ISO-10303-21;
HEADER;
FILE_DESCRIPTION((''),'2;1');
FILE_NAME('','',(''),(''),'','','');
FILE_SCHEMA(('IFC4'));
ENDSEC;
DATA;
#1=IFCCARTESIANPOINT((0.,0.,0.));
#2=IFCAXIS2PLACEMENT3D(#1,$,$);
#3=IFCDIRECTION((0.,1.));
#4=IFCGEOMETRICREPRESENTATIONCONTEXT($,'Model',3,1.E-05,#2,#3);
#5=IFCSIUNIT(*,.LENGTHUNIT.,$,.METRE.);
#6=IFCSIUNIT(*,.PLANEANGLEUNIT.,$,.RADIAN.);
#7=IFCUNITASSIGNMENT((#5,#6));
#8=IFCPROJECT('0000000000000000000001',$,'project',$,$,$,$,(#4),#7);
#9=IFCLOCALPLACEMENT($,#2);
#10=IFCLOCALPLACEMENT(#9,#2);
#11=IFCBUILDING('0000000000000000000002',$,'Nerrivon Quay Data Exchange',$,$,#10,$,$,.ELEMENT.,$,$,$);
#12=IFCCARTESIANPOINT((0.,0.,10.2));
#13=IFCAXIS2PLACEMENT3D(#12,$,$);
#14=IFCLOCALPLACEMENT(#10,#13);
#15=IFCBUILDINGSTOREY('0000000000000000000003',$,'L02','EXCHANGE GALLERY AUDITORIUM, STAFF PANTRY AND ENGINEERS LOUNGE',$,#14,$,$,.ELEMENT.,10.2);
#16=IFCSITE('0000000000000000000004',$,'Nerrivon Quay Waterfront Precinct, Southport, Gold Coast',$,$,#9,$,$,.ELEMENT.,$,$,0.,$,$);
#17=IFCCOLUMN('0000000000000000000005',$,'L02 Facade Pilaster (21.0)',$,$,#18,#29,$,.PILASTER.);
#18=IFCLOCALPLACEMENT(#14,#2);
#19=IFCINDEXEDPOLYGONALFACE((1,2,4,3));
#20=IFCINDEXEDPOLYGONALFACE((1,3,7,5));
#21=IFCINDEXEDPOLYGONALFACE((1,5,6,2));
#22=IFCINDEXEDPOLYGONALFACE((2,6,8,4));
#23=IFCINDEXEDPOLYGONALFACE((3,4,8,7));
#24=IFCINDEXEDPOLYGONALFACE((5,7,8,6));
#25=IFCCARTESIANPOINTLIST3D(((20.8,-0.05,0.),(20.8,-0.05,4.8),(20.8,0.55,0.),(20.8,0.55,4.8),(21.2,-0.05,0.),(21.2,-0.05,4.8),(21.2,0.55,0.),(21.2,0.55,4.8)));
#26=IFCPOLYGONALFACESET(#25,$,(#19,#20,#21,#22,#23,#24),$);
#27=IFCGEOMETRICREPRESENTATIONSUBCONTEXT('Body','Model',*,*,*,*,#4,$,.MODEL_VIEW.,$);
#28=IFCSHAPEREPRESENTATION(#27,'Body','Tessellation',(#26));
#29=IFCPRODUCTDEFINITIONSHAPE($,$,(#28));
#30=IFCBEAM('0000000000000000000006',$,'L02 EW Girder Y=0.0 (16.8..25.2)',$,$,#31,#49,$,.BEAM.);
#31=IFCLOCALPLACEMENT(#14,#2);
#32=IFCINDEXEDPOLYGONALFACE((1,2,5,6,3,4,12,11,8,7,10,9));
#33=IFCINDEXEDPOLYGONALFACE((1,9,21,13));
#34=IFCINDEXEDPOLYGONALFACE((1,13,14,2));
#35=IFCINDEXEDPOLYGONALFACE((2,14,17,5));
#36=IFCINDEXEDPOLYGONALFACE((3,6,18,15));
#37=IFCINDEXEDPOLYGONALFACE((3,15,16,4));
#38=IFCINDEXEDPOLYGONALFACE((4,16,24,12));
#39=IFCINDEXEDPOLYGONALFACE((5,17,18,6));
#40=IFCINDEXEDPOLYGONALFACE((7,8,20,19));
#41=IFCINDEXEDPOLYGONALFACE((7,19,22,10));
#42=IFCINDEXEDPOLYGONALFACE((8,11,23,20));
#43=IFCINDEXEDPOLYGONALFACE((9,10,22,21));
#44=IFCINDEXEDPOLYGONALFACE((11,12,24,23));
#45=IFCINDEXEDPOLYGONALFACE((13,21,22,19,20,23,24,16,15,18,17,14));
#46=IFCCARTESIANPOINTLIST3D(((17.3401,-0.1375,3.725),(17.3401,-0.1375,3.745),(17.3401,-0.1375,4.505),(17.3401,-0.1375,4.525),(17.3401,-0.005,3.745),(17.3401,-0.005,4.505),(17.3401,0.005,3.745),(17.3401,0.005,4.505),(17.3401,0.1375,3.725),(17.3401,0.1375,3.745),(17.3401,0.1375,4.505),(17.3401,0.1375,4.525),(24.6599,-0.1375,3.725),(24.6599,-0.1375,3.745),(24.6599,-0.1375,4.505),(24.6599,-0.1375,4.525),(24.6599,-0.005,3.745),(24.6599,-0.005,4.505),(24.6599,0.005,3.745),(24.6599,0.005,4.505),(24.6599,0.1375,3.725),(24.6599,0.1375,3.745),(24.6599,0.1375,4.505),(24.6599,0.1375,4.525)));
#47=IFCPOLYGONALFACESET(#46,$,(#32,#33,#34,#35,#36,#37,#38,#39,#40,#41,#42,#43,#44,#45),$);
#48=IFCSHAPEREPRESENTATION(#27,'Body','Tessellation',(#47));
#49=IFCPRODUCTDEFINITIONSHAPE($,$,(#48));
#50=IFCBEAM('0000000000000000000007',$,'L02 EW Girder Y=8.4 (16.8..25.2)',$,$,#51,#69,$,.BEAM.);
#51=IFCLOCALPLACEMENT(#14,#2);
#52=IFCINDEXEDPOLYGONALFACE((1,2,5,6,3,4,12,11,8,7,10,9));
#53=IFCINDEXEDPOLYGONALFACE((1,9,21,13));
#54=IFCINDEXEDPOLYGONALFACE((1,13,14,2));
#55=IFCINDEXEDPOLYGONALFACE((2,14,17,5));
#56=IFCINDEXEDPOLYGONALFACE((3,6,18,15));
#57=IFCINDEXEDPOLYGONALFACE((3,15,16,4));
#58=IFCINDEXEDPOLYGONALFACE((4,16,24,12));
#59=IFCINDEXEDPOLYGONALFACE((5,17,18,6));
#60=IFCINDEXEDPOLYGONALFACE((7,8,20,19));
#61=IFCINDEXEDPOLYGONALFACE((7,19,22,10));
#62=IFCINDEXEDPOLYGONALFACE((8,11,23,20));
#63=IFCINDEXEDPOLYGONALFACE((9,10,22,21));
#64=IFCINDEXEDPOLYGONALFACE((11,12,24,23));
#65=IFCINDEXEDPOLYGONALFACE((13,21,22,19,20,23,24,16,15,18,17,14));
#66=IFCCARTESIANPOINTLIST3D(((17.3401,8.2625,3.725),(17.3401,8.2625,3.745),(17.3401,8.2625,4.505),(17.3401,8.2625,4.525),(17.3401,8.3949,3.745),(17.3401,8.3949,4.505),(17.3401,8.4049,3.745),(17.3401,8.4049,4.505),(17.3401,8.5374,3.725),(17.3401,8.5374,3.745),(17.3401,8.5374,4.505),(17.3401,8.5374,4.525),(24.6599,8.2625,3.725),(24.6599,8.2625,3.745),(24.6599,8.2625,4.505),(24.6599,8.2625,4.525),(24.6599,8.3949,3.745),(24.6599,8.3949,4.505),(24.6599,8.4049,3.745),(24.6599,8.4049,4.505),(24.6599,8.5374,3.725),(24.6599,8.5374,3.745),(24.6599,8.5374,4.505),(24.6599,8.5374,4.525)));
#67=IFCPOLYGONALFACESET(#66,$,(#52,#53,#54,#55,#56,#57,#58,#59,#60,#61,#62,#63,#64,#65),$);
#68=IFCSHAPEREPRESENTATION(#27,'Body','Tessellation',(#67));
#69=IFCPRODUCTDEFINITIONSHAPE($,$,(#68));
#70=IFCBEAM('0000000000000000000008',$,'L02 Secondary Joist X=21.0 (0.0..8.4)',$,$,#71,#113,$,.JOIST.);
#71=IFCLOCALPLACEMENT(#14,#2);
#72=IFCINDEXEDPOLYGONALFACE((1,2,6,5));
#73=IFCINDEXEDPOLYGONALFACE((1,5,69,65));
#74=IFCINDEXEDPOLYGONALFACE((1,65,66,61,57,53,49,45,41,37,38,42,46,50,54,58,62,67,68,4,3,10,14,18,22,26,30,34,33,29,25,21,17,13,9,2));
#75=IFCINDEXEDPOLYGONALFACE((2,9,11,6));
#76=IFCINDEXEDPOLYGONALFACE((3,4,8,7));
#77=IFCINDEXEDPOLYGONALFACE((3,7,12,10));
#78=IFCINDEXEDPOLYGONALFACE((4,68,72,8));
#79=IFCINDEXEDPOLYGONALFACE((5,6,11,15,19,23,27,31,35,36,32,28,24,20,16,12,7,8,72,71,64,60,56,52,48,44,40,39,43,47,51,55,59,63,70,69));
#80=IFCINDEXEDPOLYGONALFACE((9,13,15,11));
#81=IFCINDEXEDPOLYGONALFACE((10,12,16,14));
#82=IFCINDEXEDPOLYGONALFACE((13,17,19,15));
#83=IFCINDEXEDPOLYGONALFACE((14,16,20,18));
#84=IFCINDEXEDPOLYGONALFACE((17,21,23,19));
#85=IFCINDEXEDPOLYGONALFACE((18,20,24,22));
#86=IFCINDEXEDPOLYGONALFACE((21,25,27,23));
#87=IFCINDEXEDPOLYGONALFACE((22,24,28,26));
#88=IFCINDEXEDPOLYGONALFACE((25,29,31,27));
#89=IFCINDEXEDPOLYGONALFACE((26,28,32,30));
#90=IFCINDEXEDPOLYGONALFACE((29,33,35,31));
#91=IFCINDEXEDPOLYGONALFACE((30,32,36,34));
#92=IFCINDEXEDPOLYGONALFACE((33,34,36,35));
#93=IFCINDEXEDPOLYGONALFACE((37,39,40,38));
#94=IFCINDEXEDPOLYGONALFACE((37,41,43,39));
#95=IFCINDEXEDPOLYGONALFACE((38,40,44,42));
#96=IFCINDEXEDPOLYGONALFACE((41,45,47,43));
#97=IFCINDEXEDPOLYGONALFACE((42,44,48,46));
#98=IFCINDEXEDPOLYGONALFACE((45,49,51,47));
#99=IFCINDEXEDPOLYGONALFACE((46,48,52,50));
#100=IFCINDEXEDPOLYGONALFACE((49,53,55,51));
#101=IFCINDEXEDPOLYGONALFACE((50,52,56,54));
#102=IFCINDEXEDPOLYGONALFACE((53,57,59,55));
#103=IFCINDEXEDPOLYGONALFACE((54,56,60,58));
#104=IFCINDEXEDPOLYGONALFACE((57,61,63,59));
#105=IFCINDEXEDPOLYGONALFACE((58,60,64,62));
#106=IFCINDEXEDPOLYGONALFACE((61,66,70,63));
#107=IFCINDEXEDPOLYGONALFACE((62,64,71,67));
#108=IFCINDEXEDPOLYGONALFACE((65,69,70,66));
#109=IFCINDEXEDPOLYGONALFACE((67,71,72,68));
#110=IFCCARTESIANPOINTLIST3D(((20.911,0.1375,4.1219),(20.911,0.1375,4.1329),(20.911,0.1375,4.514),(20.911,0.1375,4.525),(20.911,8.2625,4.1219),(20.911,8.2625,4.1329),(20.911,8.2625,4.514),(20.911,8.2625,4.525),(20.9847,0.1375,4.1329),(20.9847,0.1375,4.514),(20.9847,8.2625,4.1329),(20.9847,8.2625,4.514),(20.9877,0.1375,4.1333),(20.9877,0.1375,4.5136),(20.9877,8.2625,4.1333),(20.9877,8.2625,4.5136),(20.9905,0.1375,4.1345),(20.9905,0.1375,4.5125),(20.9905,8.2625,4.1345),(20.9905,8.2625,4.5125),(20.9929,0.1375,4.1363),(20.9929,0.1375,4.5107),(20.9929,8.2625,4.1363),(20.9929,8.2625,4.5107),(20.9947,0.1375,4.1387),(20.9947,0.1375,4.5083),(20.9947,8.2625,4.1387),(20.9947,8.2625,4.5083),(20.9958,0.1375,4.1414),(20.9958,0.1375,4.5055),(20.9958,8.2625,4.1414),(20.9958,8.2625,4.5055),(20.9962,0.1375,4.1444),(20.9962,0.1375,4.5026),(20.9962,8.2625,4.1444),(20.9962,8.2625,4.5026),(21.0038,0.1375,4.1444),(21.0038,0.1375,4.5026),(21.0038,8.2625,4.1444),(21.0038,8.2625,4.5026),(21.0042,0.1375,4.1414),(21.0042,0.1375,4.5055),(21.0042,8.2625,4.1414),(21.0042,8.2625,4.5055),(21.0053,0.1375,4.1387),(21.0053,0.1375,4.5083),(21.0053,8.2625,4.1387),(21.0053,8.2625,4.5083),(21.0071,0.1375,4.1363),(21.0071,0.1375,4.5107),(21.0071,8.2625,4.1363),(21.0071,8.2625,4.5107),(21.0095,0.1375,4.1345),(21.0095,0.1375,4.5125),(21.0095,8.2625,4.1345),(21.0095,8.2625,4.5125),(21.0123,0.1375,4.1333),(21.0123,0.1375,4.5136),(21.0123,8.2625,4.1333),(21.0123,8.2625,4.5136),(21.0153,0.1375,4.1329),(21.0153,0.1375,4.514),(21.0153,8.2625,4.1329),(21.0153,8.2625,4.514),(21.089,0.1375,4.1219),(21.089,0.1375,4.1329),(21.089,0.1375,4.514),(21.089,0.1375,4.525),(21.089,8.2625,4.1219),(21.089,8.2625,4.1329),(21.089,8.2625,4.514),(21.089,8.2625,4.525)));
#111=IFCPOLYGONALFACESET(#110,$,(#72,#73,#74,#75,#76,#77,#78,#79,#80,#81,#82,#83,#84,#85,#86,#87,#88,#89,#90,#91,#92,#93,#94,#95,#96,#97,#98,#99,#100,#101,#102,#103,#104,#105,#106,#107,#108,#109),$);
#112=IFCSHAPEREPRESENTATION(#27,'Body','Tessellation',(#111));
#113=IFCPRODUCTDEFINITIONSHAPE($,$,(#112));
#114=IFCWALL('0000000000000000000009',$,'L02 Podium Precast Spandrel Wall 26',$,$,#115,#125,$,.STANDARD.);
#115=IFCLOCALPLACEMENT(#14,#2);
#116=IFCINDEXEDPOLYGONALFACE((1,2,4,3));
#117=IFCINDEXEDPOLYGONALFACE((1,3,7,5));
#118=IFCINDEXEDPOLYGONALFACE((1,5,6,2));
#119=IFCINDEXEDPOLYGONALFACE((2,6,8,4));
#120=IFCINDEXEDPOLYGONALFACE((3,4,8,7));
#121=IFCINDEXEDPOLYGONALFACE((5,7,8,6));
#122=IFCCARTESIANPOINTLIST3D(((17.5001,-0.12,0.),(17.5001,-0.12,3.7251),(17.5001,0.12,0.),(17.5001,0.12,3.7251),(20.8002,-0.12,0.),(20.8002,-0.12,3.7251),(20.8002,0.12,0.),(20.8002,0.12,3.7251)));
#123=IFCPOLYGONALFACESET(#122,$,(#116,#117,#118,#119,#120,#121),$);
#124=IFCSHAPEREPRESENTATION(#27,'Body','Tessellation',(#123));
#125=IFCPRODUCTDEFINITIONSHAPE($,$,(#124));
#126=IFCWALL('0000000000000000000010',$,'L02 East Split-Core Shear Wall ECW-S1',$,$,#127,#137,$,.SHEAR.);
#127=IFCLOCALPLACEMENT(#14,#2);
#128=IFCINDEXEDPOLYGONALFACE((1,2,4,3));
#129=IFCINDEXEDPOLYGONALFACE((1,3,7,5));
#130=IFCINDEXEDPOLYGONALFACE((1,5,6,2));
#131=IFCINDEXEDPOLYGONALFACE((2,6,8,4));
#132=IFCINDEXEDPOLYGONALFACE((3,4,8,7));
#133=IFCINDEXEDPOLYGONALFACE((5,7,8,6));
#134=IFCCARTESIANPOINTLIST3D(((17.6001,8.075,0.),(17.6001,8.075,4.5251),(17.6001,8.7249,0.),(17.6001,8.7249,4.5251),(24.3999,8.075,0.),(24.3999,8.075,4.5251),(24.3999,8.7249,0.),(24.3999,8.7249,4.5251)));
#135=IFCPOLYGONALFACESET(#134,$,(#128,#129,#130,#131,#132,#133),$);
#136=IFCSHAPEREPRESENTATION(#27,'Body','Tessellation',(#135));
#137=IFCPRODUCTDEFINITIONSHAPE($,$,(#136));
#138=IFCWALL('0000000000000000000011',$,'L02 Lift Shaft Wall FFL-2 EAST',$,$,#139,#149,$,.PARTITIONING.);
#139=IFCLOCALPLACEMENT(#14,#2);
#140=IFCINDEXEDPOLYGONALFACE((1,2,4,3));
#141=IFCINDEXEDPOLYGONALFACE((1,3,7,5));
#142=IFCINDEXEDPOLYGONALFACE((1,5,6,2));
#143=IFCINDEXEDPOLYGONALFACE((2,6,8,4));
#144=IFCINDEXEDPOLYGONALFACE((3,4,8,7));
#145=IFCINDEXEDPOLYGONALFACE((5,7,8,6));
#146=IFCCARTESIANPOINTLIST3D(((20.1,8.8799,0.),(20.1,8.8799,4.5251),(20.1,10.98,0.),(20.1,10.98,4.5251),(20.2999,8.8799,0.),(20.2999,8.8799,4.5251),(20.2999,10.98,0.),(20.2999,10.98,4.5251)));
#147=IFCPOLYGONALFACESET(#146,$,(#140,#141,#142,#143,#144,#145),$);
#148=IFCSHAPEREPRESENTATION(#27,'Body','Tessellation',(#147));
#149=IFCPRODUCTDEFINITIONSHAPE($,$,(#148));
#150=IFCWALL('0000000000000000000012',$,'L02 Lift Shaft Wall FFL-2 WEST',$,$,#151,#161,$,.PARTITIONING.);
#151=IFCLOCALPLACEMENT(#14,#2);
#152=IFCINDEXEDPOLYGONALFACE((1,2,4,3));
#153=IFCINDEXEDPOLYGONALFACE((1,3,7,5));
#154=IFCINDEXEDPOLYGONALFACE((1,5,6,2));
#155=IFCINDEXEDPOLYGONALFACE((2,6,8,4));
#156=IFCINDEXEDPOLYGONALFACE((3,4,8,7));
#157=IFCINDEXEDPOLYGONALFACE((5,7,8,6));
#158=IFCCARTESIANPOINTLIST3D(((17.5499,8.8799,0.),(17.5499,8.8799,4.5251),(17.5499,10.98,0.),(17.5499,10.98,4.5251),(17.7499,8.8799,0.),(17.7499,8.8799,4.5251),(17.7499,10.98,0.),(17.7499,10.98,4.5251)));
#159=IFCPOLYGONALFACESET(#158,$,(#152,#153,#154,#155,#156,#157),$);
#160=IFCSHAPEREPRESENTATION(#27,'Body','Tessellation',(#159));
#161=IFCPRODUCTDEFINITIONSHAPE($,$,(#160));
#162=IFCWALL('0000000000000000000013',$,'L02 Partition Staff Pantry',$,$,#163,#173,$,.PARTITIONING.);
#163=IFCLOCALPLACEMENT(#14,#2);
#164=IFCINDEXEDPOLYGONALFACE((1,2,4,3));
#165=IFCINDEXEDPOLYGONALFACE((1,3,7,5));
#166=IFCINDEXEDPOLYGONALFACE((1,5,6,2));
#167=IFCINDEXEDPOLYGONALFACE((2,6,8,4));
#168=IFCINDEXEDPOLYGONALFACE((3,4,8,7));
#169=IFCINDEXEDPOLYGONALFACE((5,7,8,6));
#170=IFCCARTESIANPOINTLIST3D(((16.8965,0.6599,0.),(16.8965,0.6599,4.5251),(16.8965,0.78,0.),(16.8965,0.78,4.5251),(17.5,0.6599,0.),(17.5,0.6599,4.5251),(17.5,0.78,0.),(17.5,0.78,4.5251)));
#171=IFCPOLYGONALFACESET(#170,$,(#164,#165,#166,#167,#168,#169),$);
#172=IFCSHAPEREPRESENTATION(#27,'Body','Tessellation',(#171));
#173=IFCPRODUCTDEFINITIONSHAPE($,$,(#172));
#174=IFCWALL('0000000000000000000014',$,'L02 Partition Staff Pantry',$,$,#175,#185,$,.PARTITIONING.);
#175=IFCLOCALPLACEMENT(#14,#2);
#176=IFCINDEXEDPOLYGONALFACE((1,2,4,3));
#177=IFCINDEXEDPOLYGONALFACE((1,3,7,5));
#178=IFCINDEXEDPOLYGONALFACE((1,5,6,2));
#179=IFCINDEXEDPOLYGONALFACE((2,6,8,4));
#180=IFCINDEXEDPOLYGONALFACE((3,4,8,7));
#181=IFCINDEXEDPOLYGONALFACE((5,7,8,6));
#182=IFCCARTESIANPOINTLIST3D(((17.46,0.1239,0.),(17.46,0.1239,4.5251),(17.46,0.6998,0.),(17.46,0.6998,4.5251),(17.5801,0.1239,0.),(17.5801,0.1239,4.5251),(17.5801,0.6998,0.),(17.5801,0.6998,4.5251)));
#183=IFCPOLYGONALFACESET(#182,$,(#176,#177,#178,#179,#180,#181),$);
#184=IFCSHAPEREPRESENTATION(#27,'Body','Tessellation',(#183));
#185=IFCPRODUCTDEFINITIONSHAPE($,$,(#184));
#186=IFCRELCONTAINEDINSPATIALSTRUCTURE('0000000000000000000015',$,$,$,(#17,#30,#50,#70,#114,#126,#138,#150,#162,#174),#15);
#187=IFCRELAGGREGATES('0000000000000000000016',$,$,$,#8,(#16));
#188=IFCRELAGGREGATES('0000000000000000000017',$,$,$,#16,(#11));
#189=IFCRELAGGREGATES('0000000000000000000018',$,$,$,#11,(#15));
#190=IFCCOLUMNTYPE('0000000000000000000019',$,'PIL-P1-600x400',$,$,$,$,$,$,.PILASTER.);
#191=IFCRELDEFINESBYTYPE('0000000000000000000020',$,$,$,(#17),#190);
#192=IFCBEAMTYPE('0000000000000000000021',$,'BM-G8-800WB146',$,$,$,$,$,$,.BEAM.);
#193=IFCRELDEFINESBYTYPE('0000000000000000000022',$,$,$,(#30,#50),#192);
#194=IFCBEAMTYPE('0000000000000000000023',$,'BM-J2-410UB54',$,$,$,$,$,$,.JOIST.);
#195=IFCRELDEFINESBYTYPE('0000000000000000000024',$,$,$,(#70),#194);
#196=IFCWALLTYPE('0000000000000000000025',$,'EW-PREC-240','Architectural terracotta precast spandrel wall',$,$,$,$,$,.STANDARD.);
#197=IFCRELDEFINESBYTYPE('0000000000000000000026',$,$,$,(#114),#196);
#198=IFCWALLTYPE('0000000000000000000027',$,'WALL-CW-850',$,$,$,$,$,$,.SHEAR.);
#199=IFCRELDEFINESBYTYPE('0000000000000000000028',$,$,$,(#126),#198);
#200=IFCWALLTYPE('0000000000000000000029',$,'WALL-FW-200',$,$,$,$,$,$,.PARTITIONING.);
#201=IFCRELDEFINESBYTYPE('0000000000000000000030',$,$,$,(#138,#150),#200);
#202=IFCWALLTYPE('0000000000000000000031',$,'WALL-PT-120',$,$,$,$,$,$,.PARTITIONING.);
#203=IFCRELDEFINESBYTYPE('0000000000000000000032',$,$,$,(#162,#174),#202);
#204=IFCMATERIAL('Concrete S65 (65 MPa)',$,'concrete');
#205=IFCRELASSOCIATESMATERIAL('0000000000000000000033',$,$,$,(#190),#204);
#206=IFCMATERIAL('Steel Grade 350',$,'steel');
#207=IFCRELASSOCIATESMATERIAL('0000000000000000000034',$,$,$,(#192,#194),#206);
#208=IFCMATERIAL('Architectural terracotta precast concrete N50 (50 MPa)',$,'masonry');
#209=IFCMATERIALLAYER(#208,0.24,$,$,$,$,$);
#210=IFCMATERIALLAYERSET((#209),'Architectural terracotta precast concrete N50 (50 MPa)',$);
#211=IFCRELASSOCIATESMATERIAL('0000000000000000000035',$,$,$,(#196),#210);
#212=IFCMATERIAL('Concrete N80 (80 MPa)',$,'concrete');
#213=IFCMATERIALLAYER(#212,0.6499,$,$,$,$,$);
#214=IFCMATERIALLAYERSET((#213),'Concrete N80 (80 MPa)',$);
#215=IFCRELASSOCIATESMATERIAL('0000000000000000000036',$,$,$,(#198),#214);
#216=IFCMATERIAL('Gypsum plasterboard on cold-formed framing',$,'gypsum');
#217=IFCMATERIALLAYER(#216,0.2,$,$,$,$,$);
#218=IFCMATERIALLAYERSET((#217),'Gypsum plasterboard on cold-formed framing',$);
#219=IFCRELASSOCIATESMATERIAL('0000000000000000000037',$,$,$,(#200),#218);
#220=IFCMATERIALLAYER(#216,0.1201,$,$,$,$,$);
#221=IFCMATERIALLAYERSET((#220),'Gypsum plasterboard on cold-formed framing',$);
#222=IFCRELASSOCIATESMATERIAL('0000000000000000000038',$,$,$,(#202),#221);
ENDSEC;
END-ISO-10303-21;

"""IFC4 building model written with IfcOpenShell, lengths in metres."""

from ifc_helpers import new_model, si_unit, direction, frame, frame_2d, origin, origin_2d, place, context, subcontext, project, spatial, rectangle, i_section, extrude, material, layer, layer_set, material_profile, profile_set, type_object, element, save


model = new_model("IFC4")

# Units and contexts
model_context = context("Model", 3, precision=1e-05, world=origin(), true_north=direction((0.0, 1.0)))
body_context = subcontext(model_context, "Body", "Model", "MODEL_VIEW")
ifc_project = project(units=[si_unit("LENGTHUNIT", "METRE"), si_unit("PLANEANGLEUNIT", "RADIAN")], contexts=[model_context])

# Site, building, storey
site_placement = place(None, origin())
site = spatial("IfcSite", under=ifc_project, at=site_placement, Name="Nerrivon Quay Waterfront Precinct, Southport, Gold Coast", CompositionType="ELEMENT", RefElevation=0.0)
building_placement = place(site_placement, origin())
building = spatial("IfcBuilding", under=site, at=building_placement, Name="Nerrivon Quay Data Exchange", CompositionType="ELEMENT")
storey_placement = place(building_placement, frame((0.0, 0.0, 10.2)))
storey = spatial("IfcBuildingStorey", under=building, at=storey_placement, Name="L02", Description="EXCHANGE GALLERY AUDITORIUM, STAFF PANTRY AND ENGINEERS LOUNGE", CompositionType="ELEMENT", Elevation=10.2)

# Column
ifc_material_1 = material(Name="Concrete S65 (65 MPa)", Category="concrete")
ifc_material_profile_1 = material_profile(ifc_material_1, rectangle(XDim=0.3999, YDim=0.6001, at=origin_2d()), Name="RC-PIL-600x400")
ifc_profile_set_1 = profile_set([ifc_material_profile_1], Name="Concrete S65 (65 MPa)")
column_type = type_object("IfcColumnType", Name="PIL-P1-600x400", PredefinedType="PILASTER", material=ifc_profile_set_1)
column_placement = place(storey_placement, frame((21.0, 0.25, 0.0), z_axis=(0.0, 0.0, 1.0), x_axis=(1.0, 0.0, 0.0)))
element("IfcColumn", 1, at=column_placement, inside=storey, type_object=column_type, Name="L02 Facade Pilaster (21.0)", PredefinedType="PILASTER", context=body_context, shape_type="SweptSolid", body=[
    extrude(rectangle(XDim=0.3999, YDim=0.6001, at=origin_2d()), origin(), (0.0, 0.0, 1.0), 4.8),
])

# Beams
ifc_material_2 = material(Name="Steel Grade 350", Category="steel")
ifc_material_profile_2 = material_profile(ifc_material_2, i_section(OverallWidth=0.2749, OverallDepth=0.8, WebThickness=0.01, FlangeThickness=0.02, at=origin_2d()), Name="800WB146")
ifc_profile_set_2 = profile_set([ifc_material_profile_2], Name="Steel Grade 350")
beam_type_1 = type_object("IfcBeamType", Name="BM-G8-800WB146", PredefinedType="BEAM", material=ifc_profile_set_2)
for number, where, z_axis, x_axis, name in (
    (2, (17.3401, 0.0, 4.125), (1.0, 0.0, 0.0), (0.0, 1.0, 0.0), "L02 EW Girder Y=0.0 (16.8..25.2)"),
    (3, (17.3401, 8.3999, 4.125), (1.0, 0.0, 0.0), (0.0, 1.0, 0.0), "L02 EW Girder Y=8.4 (16.8..25.2)"),
):
    element("IfcBeam", number, at=place(storey_placement, frame(where, z_axis=z_axis, x_axis=x_axis)), inside=storey, type_object=beam_type_1, Name=name, PredefinedType="BEAM", context=body_context, shape_type="SweptSolid", body=[
        extrude(i_section(OverallWidth=0.2749, OverallDepth=0.8, WebThickness=0.01, FlangeThickness=0.02, at=origin_2d()), origin(), (0.0, 0.0, 1.0), 7.3198),
    ])
ifc_material_profile_3 = material_profile(ifc_material_2, i_section(OverallWidth=0.178, OverallDepth=0.4031, WebThickness=0.0076, FlangeThickness=0.011, FilletRadius=0.0115, at=origin_2d()), Name="410UB53.7")
ifc_profile_set_3 = profile_set([ifc_material_profile_3], Name="Steel Grade 350")
beam_type_2 = type_object("IfcBeamType", Name="BM-J2-410UB54", PredefinedType="JOIST", material=ifc_profile_set_3)
beam_placement = place(storey_placement, frame((21.0, 0.1375, 4.3235), z_axis=(0.0, 1.0, 0.0), x_axis=(-1.0, 0.0, 0.0)))
element("IfcBeam", 4, at=beam_placement, inside=storey, type_object=beam_type_2, Name="L02 Secondary Joist X=21.0 (0.0..8.4)", PredefinedType="JOIST", context=body_context, shape_type="SweptSolid", body=[
    extrude(i_section(OverallWidth=0.178, OverallDepth=0.4031, WebThickness=0.0076, FlangeThickness=0.011, FilletRadius=0.0115, at=origin_2d()), origin(), (0.0, 0.0, 1.0), 8.125),
])

# Walls
ifc_material_3 = material(Name="Architectural terracotta precast concrete N50 (50 MPa)", Category="masonry")
ifc_layer_1 = layer(ifc_material_3, 0.24)
ifc_layer_set_1 = layer_set([ifc_layer_1], Name="Architectural terracotta precast concrete N50 (50 MPa)")
wall_type_1 = type_object("IfcWallType", Name="EW-PREC-240", Description="Architectural terracotta precast spandrel wall", PredefinedType="STANDARD", material=ifc_layer_set_1)
wall_1_placement = place(storey_placement, frame((20.8, 0.0, 0.0), z_axis=(0.0, 0.0, 1.0), x_axis=(-1.0, 0.0, 0.0)))
element("IfcWall", 5, at=wall_1_placement, inside=storey, type_object=wall_type_1, Name="L02 Podium Precast Spandrel Wall 26", PredefinedType="STANDARD", context=body_context, shape_type="SweptSolid", body=[
    extrude(rectangle(XDim=3.3, YDim=0.24, at=frame_2d((1.6499, 0.0))), origin(), (0.0, 0.0, 1.0), 3.7251),
])
ifc_material_4 = material(Name="Concrete N80 (80 MPa)", Category="concrete")
ifc_layer_2 = layer(ifc_material_4, 0.6499)
ifc_layer_set_2 = layer_set([ifc_layer_2], Name="Concrete N80 (80 MPa)")
wall_type_2 = type_object("IfcWallType", Name="WALL-CW-850", PredefinedType="SHEAR", material=ifc_layer_set_2)
wall_2_placement = place(storey_placement, frame((17.6001, 8.3999, 0.0), z_axis=(0.0, 0.0, 1.0), x_axis=(1.0, 0.0, 0.0)))
element("IfcWall", 6, at=wall_2_placement, inside=storey, type_object=wall_type_2, Name="L02 East Split-Core Shear Wall ECW-S1", PredefinedType="SHEAR", context=body_context, shape_type="SweptSolid", body=[
    extrude(rectangle(XDim=6.7998, YDim=0.6499, at=frame_2d((3.3999, 0.0))), origin(), (0.0, 0.0, 1.0), 4.5251),
])
ifc_material_5 = material(Name="Gypsum plasterboard on cold-formed framing", Category="gypsum")
ifc_layer_3 = layer(ifc_material_5, 0.2)
ifc_layer_set_3 = layer_set([ifc_layer_3], Name="Gypsum plasterboard on cold-formed framing")
wall_type_3 = type_object("IfcWallType", Name="WALL-FW-200", PredefinedType="PARTITIONING", material=ifc_layer_set_3)
for number, where, z_axis, x_axis, name in (
    (7, (20.2, 8.8799, 0.0), (0.0, 0.0, 1.0), (0.0, 1.0, 0.0), "L02 Lift Shaft Wall FFL-2 EAST"),
    (8, (17.6499, 8.8799, 0.0), (0.0, 0.0, 1.0), (0.0, 1.0, 0.0), "L02 Lift Shaft Wall FFL-2 WEST"),
):
    element("IfcWall", number, at=place(storey_placement, frame(where, z_axis=z_axis, x_axis=x_axis)), inside=storey, type_object=wall_type_3, Name=name, PredefinedType="PARTITIONING", context=body_context, shape_type="SweptSolid", body=[
        extrude(rectangle(XDim=2.1001, YDim=0.2, at=frame_2d((1.05, 0.0))), origin(), (0.0, 0.0, 1.0), 4.5251),
    ])

# Shared definitions
ifc_layer_4 = layer(ifc_material_5, 0.1201)
ifc_layer_set_4 = layer_set([ifc_layer_4], Name="Gypsum plasterboard on cold-formed framing")
wall_type_4 = type_object("IfcWallType", Name="WALL-PT-120", PredefinedType="PARTITIONING", material=ifc_layer_set_4)

# Walls
wall_3_placement = place(storey_placement, frame((16.8965, 0.72, 0.0), z_axis=(0.0, 0.0, 1.0), x_axis=(1.0, 0.0, 0.0)))
element("IfcWall", 9, at=wall_3_placement, inside=storey, type_object=wall_type_4, Name="L02 Partition Staff Pantry", PredefinedType="PARTITIONING", context=body_context, shape_type="SweptSolid", body=[
    extrude(rectangle(XDim=0.6035, YDim=0.1201, at=frame_2d((0.3018, 0.0))), origin(), (0.0, 0.0, 1.0), 4.5251),
])
wall_4_placement = place(storey_placement, frame((17.52, 0.7, 0.0), z_axis=(0.0, 0.0, 1.0), x_axis=(0.0, -1.0, 0.0)))
element("IfcWall", 10, at=wall_4_placement, inside=storey, type_object=wall_type_4, Name="L02 Partition Staff Pantry", PredefinedType="PARTITIONING", context=body_context, shape_type="SweptSolid", body=[
    extrude(rectangle(XDim=0.5759, YDim=0.1201, at=frame_2d((0.2881, 0.0))), origin(), (0.0, 0.0, 1.0), 4.5251),
])

save(model, "model.ifc")
